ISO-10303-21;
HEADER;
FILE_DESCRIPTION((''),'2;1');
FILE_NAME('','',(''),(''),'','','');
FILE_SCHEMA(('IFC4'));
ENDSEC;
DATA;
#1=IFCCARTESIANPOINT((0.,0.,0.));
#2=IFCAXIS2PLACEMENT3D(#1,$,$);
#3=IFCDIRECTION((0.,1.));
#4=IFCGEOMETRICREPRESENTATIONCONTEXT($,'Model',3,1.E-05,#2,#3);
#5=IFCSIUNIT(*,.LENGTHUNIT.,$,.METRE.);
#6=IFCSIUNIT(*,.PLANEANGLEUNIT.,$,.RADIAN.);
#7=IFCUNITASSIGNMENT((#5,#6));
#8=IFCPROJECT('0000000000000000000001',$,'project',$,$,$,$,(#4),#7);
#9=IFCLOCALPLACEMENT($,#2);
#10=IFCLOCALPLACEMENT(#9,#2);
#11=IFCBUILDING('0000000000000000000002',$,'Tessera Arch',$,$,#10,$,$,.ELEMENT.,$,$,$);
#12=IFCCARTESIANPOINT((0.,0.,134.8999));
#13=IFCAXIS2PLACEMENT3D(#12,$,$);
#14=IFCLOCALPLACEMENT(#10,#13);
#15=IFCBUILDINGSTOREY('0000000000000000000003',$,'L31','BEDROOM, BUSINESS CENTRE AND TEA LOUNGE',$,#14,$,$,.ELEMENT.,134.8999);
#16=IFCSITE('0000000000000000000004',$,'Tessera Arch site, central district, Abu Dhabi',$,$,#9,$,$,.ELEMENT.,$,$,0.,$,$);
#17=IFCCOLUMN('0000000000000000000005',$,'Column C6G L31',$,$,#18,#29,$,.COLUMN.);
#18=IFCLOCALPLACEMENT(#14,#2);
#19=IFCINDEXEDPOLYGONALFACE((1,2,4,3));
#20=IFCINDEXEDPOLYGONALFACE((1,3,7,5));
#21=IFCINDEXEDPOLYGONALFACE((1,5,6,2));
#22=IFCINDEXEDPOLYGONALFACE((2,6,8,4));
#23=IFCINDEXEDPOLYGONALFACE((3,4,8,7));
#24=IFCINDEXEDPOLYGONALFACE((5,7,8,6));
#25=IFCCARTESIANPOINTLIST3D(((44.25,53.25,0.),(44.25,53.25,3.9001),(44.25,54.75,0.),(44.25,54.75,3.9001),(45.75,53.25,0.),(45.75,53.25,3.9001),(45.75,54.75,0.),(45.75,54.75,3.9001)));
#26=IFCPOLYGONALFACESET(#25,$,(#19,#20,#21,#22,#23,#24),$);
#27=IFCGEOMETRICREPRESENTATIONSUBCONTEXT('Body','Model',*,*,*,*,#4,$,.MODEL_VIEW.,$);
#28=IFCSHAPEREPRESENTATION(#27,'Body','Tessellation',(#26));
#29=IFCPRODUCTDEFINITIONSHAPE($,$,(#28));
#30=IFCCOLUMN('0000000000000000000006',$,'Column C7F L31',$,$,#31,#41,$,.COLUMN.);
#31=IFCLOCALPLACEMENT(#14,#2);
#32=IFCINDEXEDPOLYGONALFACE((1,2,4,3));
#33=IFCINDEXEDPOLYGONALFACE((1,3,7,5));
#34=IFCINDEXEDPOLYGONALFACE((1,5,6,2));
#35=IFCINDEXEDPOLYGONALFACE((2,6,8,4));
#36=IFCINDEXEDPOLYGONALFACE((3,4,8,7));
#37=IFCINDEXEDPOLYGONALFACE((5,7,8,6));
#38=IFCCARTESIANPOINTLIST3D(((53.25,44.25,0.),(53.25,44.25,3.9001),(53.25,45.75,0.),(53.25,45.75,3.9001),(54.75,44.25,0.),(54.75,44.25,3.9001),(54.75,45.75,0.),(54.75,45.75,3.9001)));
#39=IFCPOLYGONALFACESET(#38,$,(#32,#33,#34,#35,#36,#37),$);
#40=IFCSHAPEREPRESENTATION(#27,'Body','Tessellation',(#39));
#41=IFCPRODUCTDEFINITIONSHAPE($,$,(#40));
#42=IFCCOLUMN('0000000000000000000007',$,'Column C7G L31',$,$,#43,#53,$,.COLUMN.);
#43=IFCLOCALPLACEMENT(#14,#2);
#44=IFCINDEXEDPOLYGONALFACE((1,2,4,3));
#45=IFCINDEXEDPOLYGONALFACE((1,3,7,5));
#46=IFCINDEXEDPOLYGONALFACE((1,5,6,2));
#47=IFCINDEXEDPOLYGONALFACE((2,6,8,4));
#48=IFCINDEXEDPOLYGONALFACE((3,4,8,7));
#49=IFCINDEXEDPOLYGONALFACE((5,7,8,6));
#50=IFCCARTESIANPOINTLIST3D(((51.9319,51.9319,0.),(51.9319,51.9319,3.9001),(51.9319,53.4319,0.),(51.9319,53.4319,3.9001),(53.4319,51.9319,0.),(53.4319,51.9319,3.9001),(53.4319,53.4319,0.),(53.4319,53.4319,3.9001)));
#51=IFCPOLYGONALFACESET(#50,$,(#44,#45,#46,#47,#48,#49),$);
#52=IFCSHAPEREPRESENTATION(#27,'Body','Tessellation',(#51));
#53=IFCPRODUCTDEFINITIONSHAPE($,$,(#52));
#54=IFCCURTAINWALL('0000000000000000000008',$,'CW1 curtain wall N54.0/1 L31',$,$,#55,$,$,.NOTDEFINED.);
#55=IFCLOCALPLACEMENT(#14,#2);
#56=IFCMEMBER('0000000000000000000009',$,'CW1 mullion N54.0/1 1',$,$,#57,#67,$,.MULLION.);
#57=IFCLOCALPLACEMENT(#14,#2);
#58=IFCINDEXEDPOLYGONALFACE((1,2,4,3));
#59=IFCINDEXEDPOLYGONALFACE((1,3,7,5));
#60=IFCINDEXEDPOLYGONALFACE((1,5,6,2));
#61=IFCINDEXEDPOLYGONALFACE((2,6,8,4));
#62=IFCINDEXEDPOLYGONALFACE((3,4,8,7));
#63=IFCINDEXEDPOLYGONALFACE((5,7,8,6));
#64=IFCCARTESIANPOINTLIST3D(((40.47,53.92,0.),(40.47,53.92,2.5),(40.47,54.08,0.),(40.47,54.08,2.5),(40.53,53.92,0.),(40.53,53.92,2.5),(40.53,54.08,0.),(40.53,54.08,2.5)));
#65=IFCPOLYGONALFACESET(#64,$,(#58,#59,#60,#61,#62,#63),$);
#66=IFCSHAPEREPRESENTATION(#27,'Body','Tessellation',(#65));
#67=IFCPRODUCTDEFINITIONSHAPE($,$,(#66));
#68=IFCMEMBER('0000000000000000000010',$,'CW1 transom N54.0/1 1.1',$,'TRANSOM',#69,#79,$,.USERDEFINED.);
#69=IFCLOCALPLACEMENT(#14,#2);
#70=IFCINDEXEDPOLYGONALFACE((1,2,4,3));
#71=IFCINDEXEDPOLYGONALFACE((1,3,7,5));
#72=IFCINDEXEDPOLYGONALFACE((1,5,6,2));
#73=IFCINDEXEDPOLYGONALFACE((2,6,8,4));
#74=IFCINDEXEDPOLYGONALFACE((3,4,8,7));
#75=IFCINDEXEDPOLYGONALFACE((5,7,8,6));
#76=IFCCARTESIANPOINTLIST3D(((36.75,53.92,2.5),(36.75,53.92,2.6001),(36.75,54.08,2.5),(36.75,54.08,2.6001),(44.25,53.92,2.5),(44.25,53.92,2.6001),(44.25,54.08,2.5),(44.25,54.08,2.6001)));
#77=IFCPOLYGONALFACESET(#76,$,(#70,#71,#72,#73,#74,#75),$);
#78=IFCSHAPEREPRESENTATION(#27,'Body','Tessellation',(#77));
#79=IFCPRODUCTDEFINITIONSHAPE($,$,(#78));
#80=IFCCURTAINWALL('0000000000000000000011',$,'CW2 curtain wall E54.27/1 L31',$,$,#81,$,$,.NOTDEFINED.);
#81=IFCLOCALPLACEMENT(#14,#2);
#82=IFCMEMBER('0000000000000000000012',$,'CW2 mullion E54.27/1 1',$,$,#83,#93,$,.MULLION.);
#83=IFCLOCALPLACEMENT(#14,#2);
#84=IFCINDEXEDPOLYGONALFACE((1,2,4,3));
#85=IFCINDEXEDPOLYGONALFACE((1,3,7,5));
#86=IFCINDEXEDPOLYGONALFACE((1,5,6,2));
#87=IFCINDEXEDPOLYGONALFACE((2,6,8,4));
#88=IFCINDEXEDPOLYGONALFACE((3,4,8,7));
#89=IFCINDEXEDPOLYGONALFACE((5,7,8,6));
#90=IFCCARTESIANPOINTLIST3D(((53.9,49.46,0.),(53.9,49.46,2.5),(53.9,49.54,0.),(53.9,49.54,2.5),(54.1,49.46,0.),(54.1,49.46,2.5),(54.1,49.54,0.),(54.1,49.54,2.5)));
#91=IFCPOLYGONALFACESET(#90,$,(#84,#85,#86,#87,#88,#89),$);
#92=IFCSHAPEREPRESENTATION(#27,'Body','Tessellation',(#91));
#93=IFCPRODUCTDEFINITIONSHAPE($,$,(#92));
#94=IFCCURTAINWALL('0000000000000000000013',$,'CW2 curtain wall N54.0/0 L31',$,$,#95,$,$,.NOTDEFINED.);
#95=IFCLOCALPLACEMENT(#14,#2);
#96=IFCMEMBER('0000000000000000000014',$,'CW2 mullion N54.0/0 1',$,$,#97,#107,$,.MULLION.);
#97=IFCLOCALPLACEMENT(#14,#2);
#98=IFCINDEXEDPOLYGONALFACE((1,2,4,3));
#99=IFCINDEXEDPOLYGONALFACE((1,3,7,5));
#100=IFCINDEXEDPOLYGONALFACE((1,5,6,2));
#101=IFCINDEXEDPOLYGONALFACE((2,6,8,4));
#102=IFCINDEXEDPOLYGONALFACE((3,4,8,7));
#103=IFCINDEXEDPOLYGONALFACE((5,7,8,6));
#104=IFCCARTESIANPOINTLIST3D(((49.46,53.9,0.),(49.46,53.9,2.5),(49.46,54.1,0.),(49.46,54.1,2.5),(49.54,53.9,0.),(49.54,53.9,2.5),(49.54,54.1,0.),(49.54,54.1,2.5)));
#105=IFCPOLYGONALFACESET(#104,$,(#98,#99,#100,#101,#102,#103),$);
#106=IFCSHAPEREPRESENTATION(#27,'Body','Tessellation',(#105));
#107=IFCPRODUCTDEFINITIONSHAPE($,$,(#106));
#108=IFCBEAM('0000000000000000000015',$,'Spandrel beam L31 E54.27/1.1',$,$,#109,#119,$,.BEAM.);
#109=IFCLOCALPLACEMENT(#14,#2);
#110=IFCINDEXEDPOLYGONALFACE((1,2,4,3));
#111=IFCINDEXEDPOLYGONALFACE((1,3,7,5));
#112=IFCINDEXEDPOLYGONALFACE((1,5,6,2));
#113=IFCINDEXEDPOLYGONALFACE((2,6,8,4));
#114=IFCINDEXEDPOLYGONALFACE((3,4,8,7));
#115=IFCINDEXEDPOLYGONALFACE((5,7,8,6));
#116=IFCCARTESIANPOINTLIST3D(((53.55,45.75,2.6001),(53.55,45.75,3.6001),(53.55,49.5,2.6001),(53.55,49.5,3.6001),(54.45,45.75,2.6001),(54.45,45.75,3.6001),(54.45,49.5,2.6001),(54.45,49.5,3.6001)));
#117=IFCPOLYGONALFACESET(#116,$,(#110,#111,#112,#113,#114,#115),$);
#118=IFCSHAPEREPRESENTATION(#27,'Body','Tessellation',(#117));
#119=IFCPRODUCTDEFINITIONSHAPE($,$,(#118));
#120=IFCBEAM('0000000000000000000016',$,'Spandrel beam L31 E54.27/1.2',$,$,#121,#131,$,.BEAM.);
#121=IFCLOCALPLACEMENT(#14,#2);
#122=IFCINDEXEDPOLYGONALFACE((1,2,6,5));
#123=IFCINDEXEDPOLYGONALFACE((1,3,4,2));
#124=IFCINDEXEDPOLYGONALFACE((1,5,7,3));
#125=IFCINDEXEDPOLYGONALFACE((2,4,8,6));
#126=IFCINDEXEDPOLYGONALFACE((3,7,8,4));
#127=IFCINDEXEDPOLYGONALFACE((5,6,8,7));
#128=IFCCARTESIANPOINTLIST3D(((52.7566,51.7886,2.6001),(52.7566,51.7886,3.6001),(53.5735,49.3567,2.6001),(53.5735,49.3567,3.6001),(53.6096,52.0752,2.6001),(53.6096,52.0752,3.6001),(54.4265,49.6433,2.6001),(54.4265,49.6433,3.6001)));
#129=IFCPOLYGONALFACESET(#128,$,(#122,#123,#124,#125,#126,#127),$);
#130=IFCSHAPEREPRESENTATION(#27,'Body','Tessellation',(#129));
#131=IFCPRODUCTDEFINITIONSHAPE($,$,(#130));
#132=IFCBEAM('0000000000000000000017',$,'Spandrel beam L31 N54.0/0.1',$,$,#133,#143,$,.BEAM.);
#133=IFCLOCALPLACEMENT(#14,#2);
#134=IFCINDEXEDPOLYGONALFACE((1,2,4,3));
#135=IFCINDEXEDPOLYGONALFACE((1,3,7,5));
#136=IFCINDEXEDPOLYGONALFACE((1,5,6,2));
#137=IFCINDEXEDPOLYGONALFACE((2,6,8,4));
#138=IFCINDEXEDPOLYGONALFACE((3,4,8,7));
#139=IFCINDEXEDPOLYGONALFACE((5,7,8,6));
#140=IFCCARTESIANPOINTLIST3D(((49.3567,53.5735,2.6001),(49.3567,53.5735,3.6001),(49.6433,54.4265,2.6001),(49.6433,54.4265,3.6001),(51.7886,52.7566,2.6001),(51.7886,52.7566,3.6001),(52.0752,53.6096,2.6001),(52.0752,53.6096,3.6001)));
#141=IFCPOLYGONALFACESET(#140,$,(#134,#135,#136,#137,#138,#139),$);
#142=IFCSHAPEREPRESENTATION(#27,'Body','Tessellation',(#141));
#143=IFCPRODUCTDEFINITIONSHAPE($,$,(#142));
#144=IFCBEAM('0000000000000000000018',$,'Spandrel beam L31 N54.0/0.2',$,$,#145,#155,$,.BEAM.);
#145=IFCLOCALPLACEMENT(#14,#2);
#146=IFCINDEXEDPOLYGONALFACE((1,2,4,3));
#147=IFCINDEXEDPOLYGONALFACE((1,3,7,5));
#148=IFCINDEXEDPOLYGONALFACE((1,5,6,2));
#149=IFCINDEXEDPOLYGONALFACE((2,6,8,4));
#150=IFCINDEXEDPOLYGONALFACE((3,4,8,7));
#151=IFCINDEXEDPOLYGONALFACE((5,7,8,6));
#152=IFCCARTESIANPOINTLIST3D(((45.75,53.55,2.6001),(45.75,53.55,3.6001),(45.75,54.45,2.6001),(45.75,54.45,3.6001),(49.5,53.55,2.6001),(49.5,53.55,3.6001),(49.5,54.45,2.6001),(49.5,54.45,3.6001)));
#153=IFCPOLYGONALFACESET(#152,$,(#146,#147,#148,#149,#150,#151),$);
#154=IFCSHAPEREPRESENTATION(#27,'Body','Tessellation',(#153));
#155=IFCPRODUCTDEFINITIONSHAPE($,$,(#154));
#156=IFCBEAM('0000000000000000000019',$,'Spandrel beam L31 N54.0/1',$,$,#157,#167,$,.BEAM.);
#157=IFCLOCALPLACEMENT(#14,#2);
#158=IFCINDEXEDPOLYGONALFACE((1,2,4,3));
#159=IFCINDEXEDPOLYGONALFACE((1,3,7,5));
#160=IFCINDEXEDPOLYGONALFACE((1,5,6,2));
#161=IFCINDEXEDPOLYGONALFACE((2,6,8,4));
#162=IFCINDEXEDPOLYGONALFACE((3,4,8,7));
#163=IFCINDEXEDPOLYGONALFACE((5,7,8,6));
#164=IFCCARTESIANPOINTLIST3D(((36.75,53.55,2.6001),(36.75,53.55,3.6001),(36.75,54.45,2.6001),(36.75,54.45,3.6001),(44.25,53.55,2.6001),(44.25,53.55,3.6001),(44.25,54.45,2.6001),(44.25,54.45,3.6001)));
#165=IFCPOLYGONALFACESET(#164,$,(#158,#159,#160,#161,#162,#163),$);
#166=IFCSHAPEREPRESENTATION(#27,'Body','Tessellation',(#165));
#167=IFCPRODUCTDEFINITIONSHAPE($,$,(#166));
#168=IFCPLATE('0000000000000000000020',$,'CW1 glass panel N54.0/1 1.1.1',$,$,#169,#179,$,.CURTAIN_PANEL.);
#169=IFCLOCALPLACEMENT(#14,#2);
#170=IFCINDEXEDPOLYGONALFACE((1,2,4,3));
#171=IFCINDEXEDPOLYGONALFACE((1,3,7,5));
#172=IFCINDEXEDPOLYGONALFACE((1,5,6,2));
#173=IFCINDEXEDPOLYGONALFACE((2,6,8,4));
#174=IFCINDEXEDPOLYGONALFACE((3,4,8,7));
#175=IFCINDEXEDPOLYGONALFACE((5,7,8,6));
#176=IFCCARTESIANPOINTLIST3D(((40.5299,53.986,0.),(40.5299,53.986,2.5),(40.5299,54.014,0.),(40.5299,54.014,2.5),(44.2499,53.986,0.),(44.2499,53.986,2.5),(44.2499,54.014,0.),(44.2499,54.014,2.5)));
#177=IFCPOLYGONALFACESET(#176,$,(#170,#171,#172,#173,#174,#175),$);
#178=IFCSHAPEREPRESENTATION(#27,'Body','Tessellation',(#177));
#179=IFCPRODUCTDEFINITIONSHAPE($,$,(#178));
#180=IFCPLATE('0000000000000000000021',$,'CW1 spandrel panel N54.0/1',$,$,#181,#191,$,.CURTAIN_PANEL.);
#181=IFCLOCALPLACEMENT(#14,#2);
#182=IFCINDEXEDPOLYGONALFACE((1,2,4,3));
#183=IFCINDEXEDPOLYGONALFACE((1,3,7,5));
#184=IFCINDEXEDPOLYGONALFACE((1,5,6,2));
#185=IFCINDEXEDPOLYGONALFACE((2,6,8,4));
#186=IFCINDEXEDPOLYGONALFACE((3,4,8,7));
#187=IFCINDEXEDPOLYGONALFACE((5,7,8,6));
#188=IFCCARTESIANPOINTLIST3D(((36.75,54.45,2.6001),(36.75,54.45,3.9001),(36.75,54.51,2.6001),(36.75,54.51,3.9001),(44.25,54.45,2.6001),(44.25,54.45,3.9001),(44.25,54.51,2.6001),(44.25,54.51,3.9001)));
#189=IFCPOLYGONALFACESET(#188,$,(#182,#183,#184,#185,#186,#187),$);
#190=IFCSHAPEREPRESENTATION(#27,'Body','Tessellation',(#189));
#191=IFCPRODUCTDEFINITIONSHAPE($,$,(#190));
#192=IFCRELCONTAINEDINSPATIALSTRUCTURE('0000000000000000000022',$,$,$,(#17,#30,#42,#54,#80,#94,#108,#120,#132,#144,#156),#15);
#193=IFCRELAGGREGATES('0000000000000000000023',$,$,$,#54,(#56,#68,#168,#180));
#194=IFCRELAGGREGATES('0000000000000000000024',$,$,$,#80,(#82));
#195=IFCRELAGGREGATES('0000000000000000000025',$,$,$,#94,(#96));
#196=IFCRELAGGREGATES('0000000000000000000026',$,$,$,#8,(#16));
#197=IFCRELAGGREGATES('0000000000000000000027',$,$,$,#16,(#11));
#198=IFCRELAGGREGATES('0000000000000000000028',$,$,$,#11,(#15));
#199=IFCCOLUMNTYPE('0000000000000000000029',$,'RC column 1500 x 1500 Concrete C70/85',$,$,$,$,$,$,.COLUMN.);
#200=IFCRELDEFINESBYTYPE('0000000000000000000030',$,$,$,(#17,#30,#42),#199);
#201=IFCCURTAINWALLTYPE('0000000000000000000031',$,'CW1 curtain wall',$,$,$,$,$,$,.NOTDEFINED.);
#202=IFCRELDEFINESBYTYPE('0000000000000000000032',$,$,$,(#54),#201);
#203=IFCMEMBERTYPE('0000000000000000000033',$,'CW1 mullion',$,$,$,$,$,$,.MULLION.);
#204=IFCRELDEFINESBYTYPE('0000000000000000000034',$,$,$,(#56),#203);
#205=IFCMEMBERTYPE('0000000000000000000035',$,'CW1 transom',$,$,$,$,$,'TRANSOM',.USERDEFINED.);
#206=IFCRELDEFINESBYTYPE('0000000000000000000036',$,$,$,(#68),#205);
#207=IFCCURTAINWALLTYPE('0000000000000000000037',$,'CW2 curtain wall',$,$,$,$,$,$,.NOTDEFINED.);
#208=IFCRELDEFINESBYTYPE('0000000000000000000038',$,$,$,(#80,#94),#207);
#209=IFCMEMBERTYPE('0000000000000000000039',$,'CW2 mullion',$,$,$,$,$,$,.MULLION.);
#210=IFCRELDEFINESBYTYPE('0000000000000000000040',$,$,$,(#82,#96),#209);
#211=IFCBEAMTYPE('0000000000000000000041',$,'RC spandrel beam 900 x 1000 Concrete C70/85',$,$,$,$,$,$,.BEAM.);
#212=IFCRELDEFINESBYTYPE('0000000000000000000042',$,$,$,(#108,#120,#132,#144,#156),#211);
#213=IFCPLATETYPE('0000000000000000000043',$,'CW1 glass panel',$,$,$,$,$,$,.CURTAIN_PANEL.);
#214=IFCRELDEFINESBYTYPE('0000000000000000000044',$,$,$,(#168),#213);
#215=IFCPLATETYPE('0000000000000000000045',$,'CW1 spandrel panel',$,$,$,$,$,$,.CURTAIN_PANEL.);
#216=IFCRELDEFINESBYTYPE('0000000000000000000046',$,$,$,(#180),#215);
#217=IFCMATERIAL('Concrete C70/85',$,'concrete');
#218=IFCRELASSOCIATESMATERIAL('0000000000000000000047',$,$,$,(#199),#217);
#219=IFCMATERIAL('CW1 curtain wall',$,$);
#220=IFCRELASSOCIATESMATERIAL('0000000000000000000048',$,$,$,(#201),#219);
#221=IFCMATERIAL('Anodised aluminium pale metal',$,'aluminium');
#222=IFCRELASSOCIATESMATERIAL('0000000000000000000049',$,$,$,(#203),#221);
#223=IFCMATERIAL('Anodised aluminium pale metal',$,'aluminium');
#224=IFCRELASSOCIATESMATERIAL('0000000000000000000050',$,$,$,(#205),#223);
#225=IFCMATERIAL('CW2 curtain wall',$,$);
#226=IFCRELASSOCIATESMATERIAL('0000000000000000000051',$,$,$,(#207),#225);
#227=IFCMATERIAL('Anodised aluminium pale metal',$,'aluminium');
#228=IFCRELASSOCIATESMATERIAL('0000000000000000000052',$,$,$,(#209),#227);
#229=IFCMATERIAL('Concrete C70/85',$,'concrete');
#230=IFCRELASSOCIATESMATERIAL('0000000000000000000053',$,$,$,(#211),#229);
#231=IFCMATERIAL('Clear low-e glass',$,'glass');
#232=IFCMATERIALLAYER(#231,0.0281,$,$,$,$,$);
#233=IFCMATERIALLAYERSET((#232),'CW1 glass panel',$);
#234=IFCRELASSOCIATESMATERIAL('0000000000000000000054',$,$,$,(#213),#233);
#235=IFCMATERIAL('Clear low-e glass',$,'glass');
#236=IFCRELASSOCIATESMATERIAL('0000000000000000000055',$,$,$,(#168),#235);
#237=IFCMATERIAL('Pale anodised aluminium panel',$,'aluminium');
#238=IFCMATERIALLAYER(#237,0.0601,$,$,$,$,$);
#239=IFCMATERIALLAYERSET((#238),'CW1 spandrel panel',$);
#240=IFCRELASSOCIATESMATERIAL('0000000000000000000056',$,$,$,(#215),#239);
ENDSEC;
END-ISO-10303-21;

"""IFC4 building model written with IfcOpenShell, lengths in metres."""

from ifc_helpers import new_model, si_unit, direction, frame, origin, origin_2d, place, context, subcontext, project, spatial, rectangle, extrude, material, layer, layer_set, material_profile, profile_set, type_object, element, aggregate, save


model = new_model("IFC4")

# Units and contexts
model_context = context("Model", 3, precision=1e-05, world=origin(), true_north=direction((0.0, 1.0)))
body_context = subcontext(model_context, "Body", "Model", "MODEL_VIEW")
ifc_project = project(units=[si_unit("LENGTHUNIT", "METRE"), si_unit("PLANEANGLEUNIT", "RADIAN")], contexts=[model_context])

# Site, building, storey
site_placement = place(None, origin())
site = spatial("IfcSite", under=ifc_project, at=site_placement, Name="Tessera Arch site, central district, Abu Dhabi", CompositionType="ELEMENT", RefElevation=0.0)
building_placement = place(site_placement, origin())
building = spatial("IfcBuilding", under=site, at=building_placement, Name="Tessera Arch", CompositionType="ELEMENT")
storey_placement = place(building_placement, frame((0.0, 0.0, 134.8999)))
storey = spatial("IfcBuildingStorey", under=building, at=storey_placement, Name="L31", Description="BEDROOM, BUSINESS CENTRE AND TEA LOUNGE", CompositionType="ELEMENT", Elevation=134.8999)

# Columns
ifc_material_1 = material(Name="Concrete C70/85", Category="concrete")
ifc_material_profile_1 = material_profile(ifc_material_1, rectangle(XDim=1.5, YDim=1.5, at=origin_2d()), Name="RC column 1500 x 1500 Concrete C70/85")
ifc_profile_set_1 = profile_set([ifc_material_profile_1], Name="Concrete C70/85")
column_type = type_object("IfcColumnType", Name="RC column 1500 x 1500 Concrete C70/85", PredefinedType="COLUMN", material=ifc_profile_set_1)
for number, where, z_axis, x_axis, name in (
    (1, (45.0, 54.0, 0.0), (0.0, 0.0, 1.0), (1.0, 0.0, 0.0), "Column C6G L31"),
    (2, (54.0, 45.0, 0.0), (0.0, 0.0, 1.0), (1.0, 0.0, 0.0), "Column C7F L31"),
    (3, (52.6819, 52.6819, 0.0), (0.0, 0.0, 1.0), (1.0, 0.0, 0.0), "Column C7G L31"),
):
    element("IfcColumn", number, at=place(storey_placement, frame(where, z_axis=z_axis, x_axis=x_axis)), inside=storey, type_object=column_type, Name=name, PredefinedType="COLUMN", context=body_context, shape_type="SweptSolid", body=[
        extrude(rectangle(XDim=1.5, YDim=1.5, at=origin_2d()), origin(), (0.0, 0.0, 1.0), 3.9001),
    ])

# Curtain wall, members
ifc_material_2 = material(Name="CW1 curtain wall")
curtain_wall_type_1 = type_object("IfcCurtainWallType", Name="CW1 curtain wall", PredefinedType="NOTDEFINED", material=ifc_material_2)
curtain_wall_1_placement = place(storey_placement, origin())
curtain_wall_1 = element("IfcCurtainWall", 4, at=curtain_wall_1_placement, inside=storey, type_object=curtain_wall_type_1, Name="CW1 curtain wall N54.0/1 L31", PredefinedType="NOTDEFINED")
ifc_material_3 = material(Name="Anodised aluminium pale metal", Category="aluminium")
ifc_material_profile_2 = material_profile(ifc_material_3, rectangle(XDim=0.1599, YDim=0.0601, at=origin_2d()), Name="AL 60x160")
ifc_profile_set_2 = profile_set([ifc_material_profile_2], Name="Anodised aluminium pale metal")
member_type_1 = type_object("IfcMemberType", Name="CW1 mullion", PredefinedType="MULLION", material=ifc_profile_set_2)
member_1_placement = place(storey_placement, frame((40.5, 54.0, 0.0), z_axis=(0.0, 0.0, 1.0), x_axis=(0.0, -1.0, 0.0)))
member_1 = element("IfcMember", 5, at=member_1_placement, type_object=member_type_1, Name="CW1 mullion N54.0/1 1", PredefinedType="MULLION", context=body_context, shape_type="SweptSolid", body=[
    extrude(rectangle(XDim=0.1599, YDim=0.0601, at=origin_2d()), origin(), (0.0, 0.0, 1.0), 2.5),
])
ifc_material_4 = material(Name="Anodised aluminium pale metal", Category="aluminium")
ifc_material_profile_3 = material_profile(ifc_material_4, rectangle(XDim=0.1599, YDim=0.1001, at=origin_2d()), Name="AL 160x100")
ifc_profile_set_3 = profile_set([ifc_material_profile_3], Name="Anodised aluminium pale metal")
member_type_2 = type_object("IfcMemberType", Name="CW1 transom", ElementType="TRANSOM", PredefinedType="USERDEFINED", material=ifc_profile_set_3)
member_2_placement = place(storey_placement, frame((44.25, 54.0, 2.55), z_axis=(-1.0, 0.0, 0.0), x_axis=(0.0, -1.0, 0.0)))
member_2 = element("IfcMember", 6, at=member_2_placement, type_object=member_type_2, Name="CW1 transom N54.0/1 1.1", ObjectType="TRANSOM", PredefinedType="USERDEFINED", context=body_context, shape_type="SweptSolid", body=[
    extrude(rectangle(XDim=0.1599, YDim=0.1001, at=origin_2d()), origin(), (0.0, 0.0, 1.0), 7.5),
])

# Curtain walls, members
ifc_material_5 = material(Name="CW2 curtain wall")
curtain_wall_type_2 = type_object("IfcCurtainWallType", Name="CW2 curtain wall", PredefinedType="NOTDEFINED", material=ifc_material_5)
curtain_wall_2_placement = place(storey_placement, origin())
curtain_wall_2 = element("IfcCurtainWall", 7, at=curtain_wall_2_placement, inside=storey, type_object=curtain_wall_type_2, Name="CW2 curtain wall E54.27/1 L31", PredefinedType="NOTDEFINED")
ifc_material_6 = material(Name="Anodised aluminium pale metal", Category="aluminium")
ifc_material_profile_4 = material_profile(ifc_material_6, rectangle(XDim=0.2, YDim=0.0801, at=origin_2d()), Name="AL 80x200")
ifc_profile_set_4 = profile_set([ifc_material_profile_4], Name="Anodised aluminium pale metal")
member_type_3 = type_object("IfcMemberType", Name="CW2 mullion", PredefinedType="MULLION", material=ifc_profile_set_4)
member_3_placement = place(storey_placement, frame((54.0, 49.5, 0.0), z_axis=(0.0, 0.0, 1.0), x_axis=(-1.0, 0.0, 0.0)))
member_3 = element("IfcMember", 8, at=member_3_placement, type_object=member_type_3, Name="CW2 mullion E54.27/1 1", PredefinedType="MULLION", context=body_context, shape_type="SweptSolid", body=[
    extrude(rectangle(XDim=0.2, YDim=0.0801, at=origin_2d()), origin(), (0.0, 0.0, 1.0), 2.5),
])
curtain_wall_3_placement = place(storey_placement, origin())
curtain_wall_3 = element("IfcCurtainWall", 9, at=curtain_wall_3_placement, inside=storey, type_object=curtain_wall_type_2, Name="CW2 curtain wall N54.0/0 L31", PredefinedType="NOTDEFINED")
member_4_placement = place(storey_placement, frame((49.5, 54.0, 0.0), z_axis=(0.0, 0.0, 1.0), x_axis=(0.0, -1.0, 0.0)))
member_4 = element("IfcMember", 10, at=member_4_placement, type_object=member_type_3, Name="CW2 mullion N54.0/0 1", PredefinedType="MULLION", context=body_context, shape_type="SweptSolid", body=[
    extrude(rectangle(XDim=0.2, YDim=0.0801, at=origin_2d()), origin(), (0.0, 0.0, 1.0), 2.5),
])

# Beams
ifc_material_7 = material(Name="Concrete C70/85", Category="concrete")
ifc_material_profile_5 = material_profile(ifc_material_7, rectangle(XDim=0.8999, YDim=1.0, at=origin_2d()), Name="RC spandrel beam 900 x 1000 Concrete C70/85")
ifc_profile_set_5 = profile_set([ifc_material_profile_5], Name="Concrete C70/85")
beam_type = type_object("IfcBeamType", Name="RC spandrel beam 900 x 1000 Concrete C70/85", PredefinedType="BEAM", material=ifc_profile_set_5)
beam_1_placement = place(storey_placement, frame((54.0, 45.75, 3.1001), z_axis=(0.0, 1.0, 0.0), x_axis=(-1.0, 0.0, 0.0)))
element("IfcBeam", 11, at=beam_1_placement, inside=storey, type_object=beam_type, Name="Spandrel beam L31 E54.27/1.1", PredefinedType="BEAM", context=body_context, shape_type="SweptSolid", body=[
    extrude(rectangle(XDim=0.8999, YDim=1.0, at=origin_2d()), origin(), (0.0, 0.0, 1.0), 3.75),
])
for number, where, z_axis, x_axis, name in (
    (12, (54.0, 49.5, 3.1001), (-0.318425, 0.947948, 0.0), (-0.947948, -0.318425, 0.0), "Spandrel beam L31 E54.27/1.2"),
    (13, (51.9319, 53.1831, 3.1001), (-0.947948, 0.318425, 0.0), (-0.318425, -0.947948, 0.0), "Spandrel beam L31 N54.0/0.1"),
):
    element("IfcBeam", number, at=place(storey_placement, frame(where, z_axis=z_axis, x_axis=x_axis)), inside=storey, type_object=beam_type, Name=name, PredefinedType="BEAM", context=body_context, shape_type="SweptSolid", body=[
        extrude(rectangle(XDim=0.8999, YDim=1.0, at=origin_2d()), origin(), (0.0, 0.0, 1.0), 2.5654),
    ])
beam_2_placement = place(storey_placement, frame((49.5, 54.0, 3.1001), z_axis=(-1.0, 0.0, 0.0), x_axis=(0.0, -1.0, 0.0)))
element("IfcBeam", 14, at=beam_2_placement, inside=storey, type_object=beam_type, Name="Spandrel beam L31 N54.0/0.2", PredefinedType="BEAM", context=body_context, shape_type="SweptSolid", body=[
    extrude(rectangle(XDim=0.8999, YDim=1.0, at=origin_2d()), origin(), (0.0, 0.0, 1.0), 3.75),
])
beam_3_placement = place(storey_placement, frame((44.25, 54.0, 3.1001), z_axis=(-1.0, 0.0, 0.0), x_axis=(0.0, -1.0, 0.0)))
element("IfcBeam", 15, at=beam_3_placement, inside=storey, type_object=beam_type, Name="Spandrel beam L31 N54.0/1", PredefinedType="BEAM", context=body_context, shape_type="SweptSolid", body=[
    extrude(rectangle(XDim=0.8999, YDim=1.0, at=origin_2d()), origin(), (0.0, 0.0, 1.0), 7.5),
])

# Plates
ifc_material_8 = material(Name="Clear low-e glass", Category="glass")
ifc_material_9 = material(Name="Clear low-e glass", Category="glass")
ifc_layer_1 = layer(ifc_material_9, 0.0281)
ifc_layer_set_1 = layer_set([ifc_layer_1], Name="CW1 glass panel")
plate_type_1 = type_object("IfcPlateType", Name="CW1 glass panel", PredefinedType="CURTAIN_PANEL", material=ifc_layer_set_1)
plate_1_placement = place(storey_placement, frame((42.3899, 54.0, 0.0), z_axis=(0.0, 0.0, 1.0), x_axis=(-1.0, 0.0, 0.0)))
plate_1 = element("IfcPlate", 16, at=plate_1_placement, type_object=plate_type_1, material=ifc_material_8, Name="CW1 glass panel N54.0/1 1.1.1", PredefinedType="CURTAIN_PANEL", context=body_context, shape_type="SweptSolid", body=[
    extrude(rectangle(XDim=3.72, YDim=0.0281, at=origin_2d()), origin(), (0.0, 0.0, 1.0), 2.5),
])
ifc_material_10 = material(Name="Pale anodised aluminium panel", Category="aluminium")
ifc_layer_2 = layer(ifc_material_10, 0.0601)
ifc_layer_set_2 = layer_set([ifc_layer_2], Name="CW1 spandrel panel")
plate_type_2 = type_object("IfcPlateType", Name="CW1 spandrel panel", PredefinedType="CURTAIN_PANEL", material=ifc_layer_set_2)
plate_2_placement = place(storey_placement, frame((40.5, 54.48, 2.6001), z_axis=(0.0, 0.0, 1.0), x_axis=(-1.0, 0.0, 0.0)))
plate_2 = element("IfcPlate", 17, at=plate_2_placement, type_object=plate_type_2, Name="CW1 spandrel panel N54.0/1", PredefinedType="CURTAIN_PANEL", context=body_context, shape_type="SweptSolid", body=[
    extrude(rectangle(XDim=7.5, YDim=0.0601, at=origin_2d()), origin(), (0.0, 0.0, 1.0), 1.3),
])
aggregate(curtain_wall_1, [member_1, member_2, plate_1, plate_2])
aggregate(curtain_wall_2, [member_3])
aggregate(curtain_wall_3, [member_4])

save(model, "model.ifc")
